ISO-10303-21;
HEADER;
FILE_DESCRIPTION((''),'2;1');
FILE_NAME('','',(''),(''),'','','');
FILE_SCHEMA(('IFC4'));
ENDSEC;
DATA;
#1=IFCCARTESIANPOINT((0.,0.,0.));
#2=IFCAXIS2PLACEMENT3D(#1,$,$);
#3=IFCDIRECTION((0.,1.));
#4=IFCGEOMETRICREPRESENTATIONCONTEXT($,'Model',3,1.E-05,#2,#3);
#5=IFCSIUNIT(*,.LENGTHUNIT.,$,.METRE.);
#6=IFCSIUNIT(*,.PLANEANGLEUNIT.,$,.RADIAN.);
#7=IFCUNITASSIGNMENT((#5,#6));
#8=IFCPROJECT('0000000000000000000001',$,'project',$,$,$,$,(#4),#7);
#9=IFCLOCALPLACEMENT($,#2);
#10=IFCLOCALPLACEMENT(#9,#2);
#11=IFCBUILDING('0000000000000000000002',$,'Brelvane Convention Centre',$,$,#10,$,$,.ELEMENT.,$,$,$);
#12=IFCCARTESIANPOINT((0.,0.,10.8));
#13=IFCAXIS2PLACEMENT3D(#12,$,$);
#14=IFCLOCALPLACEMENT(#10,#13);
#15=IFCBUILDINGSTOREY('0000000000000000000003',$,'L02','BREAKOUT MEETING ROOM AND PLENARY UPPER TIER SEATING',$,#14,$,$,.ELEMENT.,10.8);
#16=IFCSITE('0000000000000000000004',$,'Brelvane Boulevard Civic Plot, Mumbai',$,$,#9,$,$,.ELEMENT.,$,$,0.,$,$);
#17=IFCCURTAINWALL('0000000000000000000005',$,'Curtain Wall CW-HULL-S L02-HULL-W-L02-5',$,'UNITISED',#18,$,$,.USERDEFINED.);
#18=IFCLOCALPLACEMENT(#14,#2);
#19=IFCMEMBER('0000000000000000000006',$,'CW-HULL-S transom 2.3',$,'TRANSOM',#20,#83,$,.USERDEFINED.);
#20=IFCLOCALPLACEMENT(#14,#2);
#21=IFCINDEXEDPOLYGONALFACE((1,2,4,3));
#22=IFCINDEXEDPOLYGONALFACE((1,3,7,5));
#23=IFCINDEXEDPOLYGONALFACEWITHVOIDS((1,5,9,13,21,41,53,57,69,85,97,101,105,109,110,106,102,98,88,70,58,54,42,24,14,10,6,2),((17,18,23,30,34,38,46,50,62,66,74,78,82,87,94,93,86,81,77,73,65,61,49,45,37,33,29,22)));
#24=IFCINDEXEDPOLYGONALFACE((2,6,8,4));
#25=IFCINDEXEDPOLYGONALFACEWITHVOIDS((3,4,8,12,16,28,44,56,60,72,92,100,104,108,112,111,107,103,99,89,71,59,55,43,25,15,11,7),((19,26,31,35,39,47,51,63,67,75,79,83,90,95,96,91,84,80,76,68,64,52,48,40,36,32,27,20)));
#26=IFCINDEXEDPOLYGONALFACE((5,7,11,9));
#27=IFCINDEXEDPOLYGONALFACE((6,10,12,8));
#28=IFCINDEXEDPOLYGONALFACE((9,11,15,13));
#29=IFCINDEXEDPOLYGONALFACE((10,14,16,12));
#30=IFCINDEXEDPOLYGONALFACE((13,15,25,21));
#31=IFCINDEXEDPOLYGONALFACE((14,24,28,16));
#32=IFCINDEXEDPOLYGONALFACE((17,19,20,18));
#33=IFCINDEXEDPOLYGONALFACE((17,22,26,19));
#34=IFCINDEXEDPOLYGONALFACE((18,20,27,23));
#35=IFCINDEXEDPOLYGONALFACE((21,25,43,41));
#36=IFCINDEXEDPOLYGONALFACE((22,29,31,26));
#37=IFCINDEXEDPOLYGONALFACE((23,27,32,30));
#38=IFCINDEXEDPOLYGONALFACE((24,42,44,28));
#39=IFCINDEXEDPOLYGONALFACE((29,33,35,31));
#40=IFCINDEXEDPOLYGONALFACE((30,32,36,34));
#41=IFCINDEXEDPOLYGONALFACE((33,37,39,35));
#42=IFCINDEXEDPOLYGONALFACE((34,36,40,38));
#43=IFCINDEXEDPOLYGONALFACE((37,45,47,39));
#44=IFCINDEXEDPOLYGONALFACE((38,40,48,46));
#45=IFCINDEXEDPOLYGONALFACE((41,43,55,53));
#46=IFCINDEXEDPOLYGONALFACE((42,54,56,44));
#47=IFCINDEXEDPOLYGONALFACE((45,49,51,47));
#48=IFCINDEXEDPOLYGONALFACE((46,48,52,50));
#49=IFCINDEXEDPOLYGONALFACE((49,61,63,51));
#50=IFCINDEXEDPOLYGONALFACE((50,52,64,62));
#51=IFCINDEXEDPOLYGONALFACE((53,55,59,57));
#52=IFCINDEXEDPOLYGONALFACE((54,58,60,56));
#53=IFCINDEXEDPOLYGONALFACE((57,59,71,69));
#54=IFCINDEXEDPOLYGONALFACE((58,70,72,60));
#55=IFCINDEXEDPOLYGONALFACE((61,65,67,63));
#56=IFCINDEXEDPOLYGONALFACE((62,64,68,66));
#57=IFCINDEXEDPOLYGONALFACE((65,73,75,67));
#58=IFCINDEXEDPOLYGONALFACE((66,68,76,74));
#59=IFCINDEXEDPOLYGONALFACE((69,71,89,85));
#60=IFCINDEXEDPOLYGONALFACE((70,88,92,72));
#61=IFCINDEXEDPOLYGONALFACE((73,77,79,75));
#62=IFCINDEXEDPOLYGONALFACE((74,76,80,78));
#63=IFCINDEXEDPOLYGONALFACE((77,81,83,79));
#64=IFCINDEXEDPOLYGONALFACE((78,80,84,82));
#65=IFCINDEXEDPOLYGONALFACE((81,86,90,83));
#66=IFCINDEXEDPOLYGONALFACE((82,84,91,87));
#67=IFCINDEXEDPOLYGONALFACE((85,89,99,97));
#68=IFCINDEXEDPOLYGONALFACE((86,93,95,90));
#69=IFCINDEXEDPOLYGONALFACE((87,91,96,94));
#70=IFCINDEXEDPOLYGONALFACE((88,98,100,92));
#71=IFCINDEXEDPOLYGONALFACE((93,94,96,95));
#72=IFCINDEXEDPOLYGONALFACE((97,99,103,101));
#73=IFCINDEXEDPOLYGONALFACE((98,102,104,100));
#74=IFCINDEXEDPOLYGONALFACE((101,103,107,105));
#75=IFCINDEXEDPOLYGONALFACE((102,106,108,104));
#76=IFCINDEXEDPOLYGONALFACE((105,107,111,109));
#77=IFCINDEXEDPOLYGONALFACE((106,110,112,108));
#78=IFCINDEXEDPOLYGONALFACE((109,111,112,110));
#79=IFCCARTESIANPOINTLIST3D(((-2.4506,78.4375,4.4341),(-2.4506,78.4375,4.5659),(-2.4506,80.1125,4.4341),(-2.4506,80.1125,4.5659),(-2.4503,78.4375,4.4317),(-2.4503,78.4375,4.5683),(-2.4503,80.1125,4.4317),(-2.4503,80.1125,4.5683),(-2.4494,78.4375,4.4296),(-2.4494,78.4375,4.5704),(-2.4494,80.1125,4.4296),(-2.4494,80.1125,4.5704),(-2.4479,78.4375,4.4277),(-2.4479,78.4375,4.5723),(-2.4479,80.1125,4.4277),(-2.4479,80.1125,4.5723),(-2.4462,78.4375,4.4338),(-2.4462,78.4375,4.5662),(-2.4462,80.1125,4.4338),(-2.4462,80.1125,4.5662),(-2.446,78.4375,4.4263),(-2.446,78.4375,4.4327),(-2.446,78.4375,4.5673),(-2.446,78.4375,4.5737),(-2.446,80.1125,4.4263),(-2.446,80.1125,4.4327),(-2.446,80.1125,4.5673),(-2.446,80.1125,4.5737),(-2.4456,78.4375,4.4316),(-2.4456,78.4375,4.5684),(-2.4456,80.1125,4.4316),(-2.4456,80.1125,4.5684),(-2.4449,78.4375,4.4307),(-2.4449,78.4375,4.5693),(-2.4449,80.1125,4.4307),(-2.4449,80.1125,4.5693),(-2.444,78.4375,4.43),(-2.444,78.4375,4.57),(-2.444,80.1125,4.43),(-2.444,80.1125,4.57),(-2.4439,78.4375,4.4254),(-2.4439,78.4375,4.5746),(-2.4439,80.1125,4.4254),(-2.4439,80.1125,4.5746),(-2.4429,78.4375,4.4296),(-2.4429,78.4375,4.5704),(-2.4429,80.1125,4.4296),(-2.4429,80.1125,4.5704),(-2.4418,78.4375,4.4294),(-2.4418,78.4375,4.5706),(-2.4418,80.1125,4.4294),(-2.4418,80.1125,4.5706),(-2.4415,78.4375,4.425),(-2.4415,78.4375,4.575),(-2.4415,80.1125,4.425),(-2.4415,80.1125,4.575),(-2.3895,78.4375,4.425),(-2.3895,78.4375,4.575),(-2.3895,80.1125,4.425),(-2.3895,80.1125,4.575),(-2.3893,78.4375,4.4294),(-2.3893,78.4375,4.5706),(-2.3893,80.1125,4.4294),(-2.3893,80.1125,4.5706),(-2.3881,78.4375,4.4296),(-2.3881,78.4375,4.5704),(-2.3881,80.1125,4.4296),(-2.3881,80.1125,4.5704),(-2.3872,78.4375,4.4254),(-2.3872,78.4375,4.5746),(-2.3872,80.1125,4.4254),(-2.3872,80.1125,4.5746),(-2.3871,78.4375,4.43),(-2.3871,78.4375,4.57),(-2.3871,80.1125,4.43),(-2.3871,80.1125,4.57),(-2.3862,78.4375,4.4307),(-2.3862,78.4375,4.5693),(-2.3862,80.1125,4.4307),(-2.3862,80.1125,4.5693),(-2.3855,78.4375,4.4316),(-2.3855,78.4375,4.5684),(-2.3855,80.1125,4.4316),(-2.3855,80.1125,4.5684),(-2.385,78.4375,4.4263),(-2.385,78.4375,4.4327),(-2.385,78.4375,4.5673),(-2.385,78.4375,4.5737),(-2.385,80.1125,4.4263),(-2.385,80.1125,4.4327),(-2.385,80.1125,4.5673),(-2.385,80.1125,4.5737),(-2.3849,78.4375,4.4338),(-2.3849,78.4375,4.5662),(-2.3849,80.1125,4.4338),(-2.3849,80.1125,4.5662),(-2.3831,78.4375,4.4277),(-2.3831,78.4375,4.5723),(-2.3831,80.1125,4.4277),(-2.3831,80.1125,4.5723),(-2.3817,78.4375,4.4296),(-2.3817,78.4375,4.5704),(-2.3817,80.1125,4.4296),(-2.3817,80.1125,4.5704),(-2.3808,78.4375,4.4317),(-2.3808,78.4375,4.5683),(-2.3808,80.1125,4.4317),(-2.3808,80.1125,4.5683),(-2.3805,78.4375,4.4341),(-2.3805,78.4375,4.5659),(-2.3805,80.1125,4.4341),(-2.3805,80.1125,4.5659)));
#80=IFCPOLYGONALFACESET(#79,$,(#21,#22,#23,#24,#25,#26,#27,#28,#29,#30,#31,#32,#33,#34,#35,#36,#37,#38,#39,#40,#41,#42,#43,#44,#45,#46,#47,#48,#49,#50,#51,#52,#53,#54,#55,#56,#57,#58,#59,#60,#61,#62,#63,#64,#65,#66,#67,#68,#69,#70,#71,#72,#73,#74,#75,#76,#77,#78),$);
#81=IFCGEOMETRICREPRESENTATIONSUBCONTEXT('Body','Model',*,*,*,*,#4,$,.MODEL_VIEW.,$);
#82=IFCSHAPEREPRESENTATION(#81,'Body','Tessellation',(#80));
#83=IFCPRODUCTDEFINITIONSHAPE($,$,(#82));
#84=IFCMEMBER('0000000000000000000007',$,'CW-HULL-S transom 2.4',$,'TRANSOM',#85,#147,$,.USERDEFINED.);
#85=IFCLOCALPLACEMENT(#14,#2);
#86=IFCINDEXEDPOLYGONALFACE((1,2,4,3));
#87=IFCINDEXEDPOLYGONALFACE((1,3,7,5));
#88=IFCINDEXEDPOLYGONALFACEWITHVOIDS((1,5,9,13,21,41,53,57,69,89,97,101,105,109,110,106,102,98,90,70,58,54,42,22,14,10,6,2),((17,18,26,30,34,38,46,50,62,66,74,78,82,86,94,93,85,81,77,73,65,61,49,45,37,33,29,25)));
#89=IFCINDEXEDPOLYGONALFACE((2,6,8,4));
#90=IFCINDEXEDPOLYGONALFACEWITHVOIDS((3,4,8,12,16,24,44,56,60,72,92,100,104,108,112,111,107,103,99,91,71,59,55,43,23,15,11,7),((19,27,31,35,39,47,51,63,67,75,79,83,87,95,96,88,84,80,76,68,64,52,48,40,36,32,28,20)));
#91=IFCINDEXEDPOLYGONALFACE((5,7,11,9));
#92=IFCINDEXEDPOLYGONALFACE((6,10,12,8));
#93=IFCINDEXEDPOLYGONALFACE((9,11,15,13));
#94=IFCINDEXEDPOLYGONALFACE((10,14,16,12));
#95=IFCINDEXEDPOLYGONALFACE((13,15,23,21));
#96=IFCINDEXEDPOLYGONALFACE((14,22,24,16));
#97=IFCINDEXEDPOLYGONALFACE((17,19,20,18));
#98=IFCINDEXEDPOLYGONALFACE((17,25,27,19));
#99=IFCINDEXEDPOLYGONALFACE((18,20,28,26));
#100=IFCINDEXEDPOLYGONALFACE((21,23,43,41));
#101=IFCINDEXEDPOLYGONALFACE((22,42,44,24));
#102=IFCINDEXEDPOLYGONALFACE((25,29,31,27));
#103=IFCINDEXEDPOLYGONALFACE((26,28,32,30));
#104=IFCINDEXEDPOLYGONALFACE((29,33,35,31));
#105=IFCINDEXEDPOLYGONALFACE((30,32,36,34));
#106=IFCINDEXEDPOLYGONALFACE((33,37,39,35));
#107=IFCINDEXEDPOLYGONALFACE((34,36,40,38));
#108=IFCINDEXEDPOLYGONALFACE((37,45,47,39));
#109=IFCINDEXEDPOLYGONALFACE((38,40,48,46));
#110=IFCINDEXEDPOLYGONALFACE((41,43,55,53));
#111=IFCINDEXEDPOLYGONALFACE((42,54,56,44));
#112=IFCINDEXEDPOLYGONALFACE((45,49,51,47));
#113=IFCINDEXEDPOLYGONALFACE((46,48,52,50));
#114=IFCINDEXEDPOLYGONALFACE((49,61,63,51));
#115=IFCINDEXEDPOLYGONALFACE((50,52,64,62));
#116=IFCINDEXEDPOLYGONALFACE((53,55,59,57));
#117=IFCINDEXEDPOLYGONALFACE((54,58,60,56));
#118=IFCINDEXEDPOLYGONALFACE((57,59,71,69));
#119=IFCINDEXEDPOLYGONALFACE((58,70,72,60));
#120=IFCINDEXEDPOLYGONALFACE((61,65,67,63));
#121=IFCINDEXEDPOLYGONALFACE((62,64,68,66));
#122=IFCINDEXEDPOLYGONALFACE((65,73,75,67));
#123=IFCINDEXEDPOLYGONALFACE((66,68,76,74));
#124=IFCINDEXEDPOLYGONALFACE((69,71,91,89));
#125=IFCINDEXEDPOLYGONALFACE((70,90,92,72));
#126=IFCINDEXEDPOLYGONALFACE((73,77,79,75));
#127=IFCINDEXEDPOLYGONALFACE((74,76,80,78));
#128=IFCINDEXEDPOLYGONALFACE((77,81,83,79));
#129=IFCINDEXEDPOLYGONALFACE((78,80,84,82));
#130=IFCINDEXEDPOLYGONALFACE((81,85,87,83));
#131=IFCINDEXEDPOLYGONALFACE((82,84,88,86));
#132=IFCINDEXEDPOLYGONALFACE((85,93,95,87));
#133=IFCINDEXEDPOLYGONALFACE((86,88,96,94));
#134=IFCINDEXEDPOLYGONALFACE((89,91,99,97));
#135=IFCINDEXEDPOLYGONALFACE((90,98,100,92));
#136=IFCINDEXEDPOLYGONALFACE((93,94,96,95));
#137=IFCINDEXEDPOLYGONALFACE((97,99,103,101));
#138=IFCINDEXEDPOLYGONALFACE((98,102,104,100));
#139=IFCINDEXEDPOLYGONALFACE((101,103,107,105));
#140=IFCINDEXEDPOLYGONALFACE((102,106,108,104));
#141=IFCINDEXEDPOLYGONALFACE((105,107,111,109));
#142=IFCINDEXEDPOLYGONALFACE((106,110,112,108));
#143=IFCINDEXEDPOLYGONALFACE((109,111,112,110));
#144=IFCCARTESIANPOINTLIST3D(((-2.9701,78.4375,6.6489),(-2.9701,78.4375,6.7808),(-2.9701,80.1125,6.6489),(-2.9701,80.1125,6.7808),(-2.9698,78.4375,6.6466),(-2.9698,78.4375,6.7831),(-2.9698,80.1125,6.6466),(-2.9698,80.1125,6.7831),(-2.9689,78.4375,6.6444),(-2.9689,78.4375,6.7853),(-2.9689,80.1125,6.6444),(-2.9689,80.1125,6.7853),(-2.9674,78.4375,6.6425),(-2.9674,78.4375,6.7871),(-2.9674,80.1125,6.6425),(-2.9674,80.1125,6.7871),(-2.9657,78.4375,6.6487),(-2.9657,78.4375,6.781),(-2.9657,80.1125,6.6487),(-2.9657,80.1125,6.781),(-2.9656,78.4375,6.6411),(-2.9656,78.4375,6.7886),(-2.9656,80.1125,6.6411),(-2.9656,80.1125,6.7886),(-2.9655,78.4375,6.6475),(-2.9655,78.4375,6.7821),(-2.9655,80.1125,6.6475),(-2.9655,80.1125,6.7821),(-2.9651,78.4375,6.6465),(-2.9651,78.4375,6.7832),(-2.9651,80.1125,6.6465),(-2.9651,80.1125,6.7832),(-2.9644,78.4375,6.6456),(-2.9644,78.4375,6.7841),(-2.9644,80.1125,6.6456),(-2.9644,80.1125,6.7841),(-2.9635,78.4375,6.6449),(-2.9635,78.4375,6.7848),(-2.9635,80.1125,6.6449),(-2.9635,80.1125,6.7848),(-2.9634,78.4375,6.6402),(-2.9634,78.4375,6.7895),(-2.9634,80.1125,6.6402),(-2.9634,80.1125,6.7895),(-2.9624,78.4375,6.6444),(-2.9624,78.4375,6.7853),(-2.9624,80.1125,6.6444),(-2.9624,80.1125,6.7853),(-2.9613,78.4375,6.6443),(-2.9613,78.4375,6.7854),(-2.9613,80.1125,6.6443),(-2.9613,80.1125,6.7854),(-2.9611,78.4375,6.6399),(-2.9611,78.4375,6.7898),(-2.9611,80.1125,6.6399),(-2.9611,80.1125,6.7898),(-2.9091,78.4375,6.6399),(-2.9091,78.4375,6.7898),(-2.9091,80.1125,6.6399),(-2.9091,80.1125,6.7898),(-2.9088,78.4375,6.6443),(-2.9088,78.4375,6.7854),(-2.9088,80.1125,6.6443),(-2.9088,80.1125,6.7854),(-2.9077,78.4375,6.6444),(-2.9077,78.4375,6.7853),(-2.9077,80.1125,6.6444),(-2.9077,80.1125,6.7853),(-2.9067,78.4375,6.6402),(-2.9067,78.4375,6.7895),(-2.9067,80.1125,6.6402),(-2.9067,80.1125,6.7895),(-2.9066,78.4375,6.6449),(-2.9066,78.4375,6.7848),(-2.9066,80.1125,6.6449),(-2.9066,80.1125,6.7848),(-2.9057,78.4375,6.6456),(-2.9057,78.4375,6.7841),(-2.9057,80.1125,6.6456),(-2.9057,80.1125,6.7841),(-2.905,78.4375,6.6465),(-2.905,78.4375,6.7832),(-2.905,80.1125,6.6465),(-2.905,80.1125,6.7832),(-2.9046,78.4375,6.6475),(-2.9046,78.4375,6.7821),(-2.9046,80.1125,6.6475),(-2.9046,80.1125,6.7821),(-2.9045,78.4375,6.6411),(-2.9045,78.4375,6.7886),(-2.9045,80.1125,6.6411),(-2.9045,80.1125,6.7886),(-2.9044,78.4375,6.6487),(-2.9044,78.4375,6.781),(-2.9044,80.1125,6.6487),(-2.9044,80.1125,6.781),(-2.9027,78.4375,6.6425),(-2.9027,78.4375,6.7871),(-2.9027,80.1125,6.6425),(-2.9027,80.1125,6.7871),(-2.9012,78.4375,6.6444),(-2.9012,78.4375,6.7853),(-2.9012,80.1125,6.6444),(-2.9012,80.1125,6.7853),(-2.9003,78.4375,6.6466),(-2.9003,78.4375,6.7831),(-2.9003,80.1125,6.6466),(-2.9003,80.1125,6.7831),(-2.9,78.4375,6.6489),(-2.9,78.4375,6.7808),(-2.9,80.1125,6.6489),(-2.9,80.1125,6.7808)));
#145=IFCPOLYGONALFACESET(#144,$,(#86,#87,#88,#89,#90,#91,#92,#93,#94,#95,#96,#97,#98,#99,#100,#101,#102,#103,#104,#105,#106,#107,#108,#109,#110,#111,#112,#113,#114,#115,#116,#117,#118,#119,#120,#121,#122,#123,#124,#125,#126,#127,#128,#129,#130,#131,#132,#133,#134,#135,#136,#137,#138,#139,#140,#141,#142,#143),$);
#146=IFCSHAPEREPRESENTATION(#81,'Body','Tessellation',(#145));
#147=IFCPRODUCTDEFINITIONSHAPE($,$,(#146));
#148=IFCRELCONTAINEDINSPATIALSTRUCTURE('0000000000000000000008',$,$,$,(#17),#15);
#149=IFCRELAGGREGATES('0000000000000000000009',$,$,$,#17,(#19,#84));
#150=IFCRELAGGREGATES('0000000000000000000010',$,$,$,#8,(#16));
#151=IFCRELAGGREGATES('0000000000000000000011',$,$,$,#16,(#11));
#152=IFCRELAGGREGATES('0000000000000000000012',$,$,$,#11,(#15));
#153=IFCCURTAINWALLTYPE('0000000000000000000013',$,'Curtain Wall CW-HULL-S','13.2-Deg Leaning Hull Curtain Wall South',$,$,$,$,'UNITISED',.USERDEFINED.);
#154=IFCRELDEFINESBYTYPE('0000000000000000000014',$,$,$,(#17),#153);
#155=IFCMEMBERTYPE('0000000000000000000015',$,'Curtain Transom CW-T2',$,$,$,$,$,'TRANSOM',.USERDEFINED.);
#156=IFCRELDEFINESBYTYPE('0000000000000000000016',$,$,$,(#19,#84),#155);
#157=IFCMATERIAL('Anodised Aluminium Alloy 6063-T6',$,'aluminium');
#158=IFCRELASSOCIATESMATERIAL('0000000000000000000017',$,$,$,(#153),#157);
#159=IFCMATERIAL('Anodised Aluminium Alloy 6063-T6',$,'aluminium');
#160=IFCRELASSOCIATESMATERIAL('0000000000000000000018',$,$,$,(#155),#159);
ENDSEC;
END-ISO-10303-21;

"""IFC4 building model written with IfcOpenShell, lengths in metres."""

from ifc_helpers import new_model, si_unit, direction, frame, origin, origin_2d, place, context, subcontext, project, spatial, hollow_rectangle, extrude, material, material_profile, profile_set, type_object, element, aggregate, save


model = new_model("IFC4")

# Units and contexts
model_context = context("Model", 3, precision=1e-05, world=origin(), true_north=direction((0.0, 1.0)))
body_context = subcontext(model_context, "Body", "Model", "MODEL_VIEW")
ifc_project = project(units=[si_unit("LENGTHUNIT", "METRE"), si_unit("PLANEANGLEUNIT", "RADIAN")], contexts=[model_context])

# Site, building, storey
site_placement = place(None, origin())
site = spatial("IfcSite", under=ifc_project, at=site_placement, Name="Brelvane Boulevard Civic Plot, Mumbai", CompositionType="ELEMENT", RefElevation=0.0)
building_placement = place(site_placement, origin())
building = spatial("IfcBuilding", under=site, at=building_placement, Name="Brelvane Convention Centre", CompositionType="ELEMENT")
storey_placement = place(building_placement, frame((0.0, 0.0, 10.8)))
storey = spatial("IfcBuildingStorey", under=building, at=storey_placement, Name="L02", Description="BREAKOUT MEETING ROOM AND PLENARY UPPER TIER SEATING", CompositionType="ELEMENT", Elevation=10.8)

# Curtain wall, members
ifc_material_1 = material(Name="Anodised Aluminium Alloy 6063-T6", Category="aluminium")
curtain_wall_type = type_object("IfcCurtainWallType", Name="Curtain Wall CW-HULL-S", Description="13.2-Deg Leaning Hull Curtain Wall South", ElementType="UNITISED", PredefinedType="USERDEFINED", material=ifc_material_1)
curtain_wall_placement = place(storey_placement, origin())
curtain_wall = element("IfcCurtainWall", 1, at=curtain_wall_placement, inside=storey, type_object=curtain_wall_type, Name="Curtain Wall CW-HULL-S L02-HULL-W-L02-5", ObjectType="UNITISED", PredefinedType="USERDEFINED")
ifc_material_2 = material(Name="Anodised Aluminium Alloy 6063-T6", Category="aluminium")
ifc_material_profile_1 = material_profile(ifc_material_2, hollow_rectangle(XDim=0.0701, YDim=0.1499, WallThickness=0.0044, InnerFilletRadius=0.0044, OuterFilletRadius=0.009, at=origin_2d()), Name="ALU-T 150x70x4.5")
ifc_profile_set_1 = profile_set([ifc_material_profile_1], Name="Anodised Aluminium Alloy 6063-T6")
member_type_1 = type_object("IfcMemberType", Name="Curtain Transom CW-T2", ElementType="TRANSOM", PredefinedType="USERDEFINED", material=ifc_profile_set_1)
member_1_placement = place(storey_placement, frame((-2.4155, 78.4375, 4.5), z_axis=(0.0, 1.0, 0.0), x_axis=(-1.0, 0.0, 0.0)))
member_1 = element("IfcMember", 2, at=member_1_placement, type_object=member_type_1, Name="CW-HULL-S transom 2.3", ObjectType="TRANSOM", PredefinedType="USERDEFINED", context=body_context, shape_type="SweptSolid", body=[
    extrude(hollow_rectangle(XDim=0.0701, YDim=0.1499, WallThickness=0.0044, InnerFilletRadius=0.0044, OuterFilletRadius=0.009, at=origin_2d()), origin(), (0.0, 0.0, 1.0), 1.675),
])
member_2_placement = place(storey_placement, frame((-2.9351, 78.4375, 6.7148), z_axis=(0.0, 1.0, 0.0), x_axis=(-1.0, 0.0, 0.0)))
member_2 = element("IfcMember", 3, at=member_2_placement, type_object=member_type_1, Name="CW-HULL-S transom 2.4", ObjectType="TRANSOM", PredefinedType="USERDEFINED", context=body_context, shape_type="SweptSolid", body=[
    extrude(hollow_rectangle(XDim=0.0701, YDim=0.1499, WallThickness=0.0044, InnerFilletRadius=0.0044, OuterFilletRadius=0.009, at=origin_2d()), origin(), (0.0, 0.0, 1.0), 1.675),
])
aggregate(curtain_wall, [member_1, member_2])

save(model, "model.ifc")
